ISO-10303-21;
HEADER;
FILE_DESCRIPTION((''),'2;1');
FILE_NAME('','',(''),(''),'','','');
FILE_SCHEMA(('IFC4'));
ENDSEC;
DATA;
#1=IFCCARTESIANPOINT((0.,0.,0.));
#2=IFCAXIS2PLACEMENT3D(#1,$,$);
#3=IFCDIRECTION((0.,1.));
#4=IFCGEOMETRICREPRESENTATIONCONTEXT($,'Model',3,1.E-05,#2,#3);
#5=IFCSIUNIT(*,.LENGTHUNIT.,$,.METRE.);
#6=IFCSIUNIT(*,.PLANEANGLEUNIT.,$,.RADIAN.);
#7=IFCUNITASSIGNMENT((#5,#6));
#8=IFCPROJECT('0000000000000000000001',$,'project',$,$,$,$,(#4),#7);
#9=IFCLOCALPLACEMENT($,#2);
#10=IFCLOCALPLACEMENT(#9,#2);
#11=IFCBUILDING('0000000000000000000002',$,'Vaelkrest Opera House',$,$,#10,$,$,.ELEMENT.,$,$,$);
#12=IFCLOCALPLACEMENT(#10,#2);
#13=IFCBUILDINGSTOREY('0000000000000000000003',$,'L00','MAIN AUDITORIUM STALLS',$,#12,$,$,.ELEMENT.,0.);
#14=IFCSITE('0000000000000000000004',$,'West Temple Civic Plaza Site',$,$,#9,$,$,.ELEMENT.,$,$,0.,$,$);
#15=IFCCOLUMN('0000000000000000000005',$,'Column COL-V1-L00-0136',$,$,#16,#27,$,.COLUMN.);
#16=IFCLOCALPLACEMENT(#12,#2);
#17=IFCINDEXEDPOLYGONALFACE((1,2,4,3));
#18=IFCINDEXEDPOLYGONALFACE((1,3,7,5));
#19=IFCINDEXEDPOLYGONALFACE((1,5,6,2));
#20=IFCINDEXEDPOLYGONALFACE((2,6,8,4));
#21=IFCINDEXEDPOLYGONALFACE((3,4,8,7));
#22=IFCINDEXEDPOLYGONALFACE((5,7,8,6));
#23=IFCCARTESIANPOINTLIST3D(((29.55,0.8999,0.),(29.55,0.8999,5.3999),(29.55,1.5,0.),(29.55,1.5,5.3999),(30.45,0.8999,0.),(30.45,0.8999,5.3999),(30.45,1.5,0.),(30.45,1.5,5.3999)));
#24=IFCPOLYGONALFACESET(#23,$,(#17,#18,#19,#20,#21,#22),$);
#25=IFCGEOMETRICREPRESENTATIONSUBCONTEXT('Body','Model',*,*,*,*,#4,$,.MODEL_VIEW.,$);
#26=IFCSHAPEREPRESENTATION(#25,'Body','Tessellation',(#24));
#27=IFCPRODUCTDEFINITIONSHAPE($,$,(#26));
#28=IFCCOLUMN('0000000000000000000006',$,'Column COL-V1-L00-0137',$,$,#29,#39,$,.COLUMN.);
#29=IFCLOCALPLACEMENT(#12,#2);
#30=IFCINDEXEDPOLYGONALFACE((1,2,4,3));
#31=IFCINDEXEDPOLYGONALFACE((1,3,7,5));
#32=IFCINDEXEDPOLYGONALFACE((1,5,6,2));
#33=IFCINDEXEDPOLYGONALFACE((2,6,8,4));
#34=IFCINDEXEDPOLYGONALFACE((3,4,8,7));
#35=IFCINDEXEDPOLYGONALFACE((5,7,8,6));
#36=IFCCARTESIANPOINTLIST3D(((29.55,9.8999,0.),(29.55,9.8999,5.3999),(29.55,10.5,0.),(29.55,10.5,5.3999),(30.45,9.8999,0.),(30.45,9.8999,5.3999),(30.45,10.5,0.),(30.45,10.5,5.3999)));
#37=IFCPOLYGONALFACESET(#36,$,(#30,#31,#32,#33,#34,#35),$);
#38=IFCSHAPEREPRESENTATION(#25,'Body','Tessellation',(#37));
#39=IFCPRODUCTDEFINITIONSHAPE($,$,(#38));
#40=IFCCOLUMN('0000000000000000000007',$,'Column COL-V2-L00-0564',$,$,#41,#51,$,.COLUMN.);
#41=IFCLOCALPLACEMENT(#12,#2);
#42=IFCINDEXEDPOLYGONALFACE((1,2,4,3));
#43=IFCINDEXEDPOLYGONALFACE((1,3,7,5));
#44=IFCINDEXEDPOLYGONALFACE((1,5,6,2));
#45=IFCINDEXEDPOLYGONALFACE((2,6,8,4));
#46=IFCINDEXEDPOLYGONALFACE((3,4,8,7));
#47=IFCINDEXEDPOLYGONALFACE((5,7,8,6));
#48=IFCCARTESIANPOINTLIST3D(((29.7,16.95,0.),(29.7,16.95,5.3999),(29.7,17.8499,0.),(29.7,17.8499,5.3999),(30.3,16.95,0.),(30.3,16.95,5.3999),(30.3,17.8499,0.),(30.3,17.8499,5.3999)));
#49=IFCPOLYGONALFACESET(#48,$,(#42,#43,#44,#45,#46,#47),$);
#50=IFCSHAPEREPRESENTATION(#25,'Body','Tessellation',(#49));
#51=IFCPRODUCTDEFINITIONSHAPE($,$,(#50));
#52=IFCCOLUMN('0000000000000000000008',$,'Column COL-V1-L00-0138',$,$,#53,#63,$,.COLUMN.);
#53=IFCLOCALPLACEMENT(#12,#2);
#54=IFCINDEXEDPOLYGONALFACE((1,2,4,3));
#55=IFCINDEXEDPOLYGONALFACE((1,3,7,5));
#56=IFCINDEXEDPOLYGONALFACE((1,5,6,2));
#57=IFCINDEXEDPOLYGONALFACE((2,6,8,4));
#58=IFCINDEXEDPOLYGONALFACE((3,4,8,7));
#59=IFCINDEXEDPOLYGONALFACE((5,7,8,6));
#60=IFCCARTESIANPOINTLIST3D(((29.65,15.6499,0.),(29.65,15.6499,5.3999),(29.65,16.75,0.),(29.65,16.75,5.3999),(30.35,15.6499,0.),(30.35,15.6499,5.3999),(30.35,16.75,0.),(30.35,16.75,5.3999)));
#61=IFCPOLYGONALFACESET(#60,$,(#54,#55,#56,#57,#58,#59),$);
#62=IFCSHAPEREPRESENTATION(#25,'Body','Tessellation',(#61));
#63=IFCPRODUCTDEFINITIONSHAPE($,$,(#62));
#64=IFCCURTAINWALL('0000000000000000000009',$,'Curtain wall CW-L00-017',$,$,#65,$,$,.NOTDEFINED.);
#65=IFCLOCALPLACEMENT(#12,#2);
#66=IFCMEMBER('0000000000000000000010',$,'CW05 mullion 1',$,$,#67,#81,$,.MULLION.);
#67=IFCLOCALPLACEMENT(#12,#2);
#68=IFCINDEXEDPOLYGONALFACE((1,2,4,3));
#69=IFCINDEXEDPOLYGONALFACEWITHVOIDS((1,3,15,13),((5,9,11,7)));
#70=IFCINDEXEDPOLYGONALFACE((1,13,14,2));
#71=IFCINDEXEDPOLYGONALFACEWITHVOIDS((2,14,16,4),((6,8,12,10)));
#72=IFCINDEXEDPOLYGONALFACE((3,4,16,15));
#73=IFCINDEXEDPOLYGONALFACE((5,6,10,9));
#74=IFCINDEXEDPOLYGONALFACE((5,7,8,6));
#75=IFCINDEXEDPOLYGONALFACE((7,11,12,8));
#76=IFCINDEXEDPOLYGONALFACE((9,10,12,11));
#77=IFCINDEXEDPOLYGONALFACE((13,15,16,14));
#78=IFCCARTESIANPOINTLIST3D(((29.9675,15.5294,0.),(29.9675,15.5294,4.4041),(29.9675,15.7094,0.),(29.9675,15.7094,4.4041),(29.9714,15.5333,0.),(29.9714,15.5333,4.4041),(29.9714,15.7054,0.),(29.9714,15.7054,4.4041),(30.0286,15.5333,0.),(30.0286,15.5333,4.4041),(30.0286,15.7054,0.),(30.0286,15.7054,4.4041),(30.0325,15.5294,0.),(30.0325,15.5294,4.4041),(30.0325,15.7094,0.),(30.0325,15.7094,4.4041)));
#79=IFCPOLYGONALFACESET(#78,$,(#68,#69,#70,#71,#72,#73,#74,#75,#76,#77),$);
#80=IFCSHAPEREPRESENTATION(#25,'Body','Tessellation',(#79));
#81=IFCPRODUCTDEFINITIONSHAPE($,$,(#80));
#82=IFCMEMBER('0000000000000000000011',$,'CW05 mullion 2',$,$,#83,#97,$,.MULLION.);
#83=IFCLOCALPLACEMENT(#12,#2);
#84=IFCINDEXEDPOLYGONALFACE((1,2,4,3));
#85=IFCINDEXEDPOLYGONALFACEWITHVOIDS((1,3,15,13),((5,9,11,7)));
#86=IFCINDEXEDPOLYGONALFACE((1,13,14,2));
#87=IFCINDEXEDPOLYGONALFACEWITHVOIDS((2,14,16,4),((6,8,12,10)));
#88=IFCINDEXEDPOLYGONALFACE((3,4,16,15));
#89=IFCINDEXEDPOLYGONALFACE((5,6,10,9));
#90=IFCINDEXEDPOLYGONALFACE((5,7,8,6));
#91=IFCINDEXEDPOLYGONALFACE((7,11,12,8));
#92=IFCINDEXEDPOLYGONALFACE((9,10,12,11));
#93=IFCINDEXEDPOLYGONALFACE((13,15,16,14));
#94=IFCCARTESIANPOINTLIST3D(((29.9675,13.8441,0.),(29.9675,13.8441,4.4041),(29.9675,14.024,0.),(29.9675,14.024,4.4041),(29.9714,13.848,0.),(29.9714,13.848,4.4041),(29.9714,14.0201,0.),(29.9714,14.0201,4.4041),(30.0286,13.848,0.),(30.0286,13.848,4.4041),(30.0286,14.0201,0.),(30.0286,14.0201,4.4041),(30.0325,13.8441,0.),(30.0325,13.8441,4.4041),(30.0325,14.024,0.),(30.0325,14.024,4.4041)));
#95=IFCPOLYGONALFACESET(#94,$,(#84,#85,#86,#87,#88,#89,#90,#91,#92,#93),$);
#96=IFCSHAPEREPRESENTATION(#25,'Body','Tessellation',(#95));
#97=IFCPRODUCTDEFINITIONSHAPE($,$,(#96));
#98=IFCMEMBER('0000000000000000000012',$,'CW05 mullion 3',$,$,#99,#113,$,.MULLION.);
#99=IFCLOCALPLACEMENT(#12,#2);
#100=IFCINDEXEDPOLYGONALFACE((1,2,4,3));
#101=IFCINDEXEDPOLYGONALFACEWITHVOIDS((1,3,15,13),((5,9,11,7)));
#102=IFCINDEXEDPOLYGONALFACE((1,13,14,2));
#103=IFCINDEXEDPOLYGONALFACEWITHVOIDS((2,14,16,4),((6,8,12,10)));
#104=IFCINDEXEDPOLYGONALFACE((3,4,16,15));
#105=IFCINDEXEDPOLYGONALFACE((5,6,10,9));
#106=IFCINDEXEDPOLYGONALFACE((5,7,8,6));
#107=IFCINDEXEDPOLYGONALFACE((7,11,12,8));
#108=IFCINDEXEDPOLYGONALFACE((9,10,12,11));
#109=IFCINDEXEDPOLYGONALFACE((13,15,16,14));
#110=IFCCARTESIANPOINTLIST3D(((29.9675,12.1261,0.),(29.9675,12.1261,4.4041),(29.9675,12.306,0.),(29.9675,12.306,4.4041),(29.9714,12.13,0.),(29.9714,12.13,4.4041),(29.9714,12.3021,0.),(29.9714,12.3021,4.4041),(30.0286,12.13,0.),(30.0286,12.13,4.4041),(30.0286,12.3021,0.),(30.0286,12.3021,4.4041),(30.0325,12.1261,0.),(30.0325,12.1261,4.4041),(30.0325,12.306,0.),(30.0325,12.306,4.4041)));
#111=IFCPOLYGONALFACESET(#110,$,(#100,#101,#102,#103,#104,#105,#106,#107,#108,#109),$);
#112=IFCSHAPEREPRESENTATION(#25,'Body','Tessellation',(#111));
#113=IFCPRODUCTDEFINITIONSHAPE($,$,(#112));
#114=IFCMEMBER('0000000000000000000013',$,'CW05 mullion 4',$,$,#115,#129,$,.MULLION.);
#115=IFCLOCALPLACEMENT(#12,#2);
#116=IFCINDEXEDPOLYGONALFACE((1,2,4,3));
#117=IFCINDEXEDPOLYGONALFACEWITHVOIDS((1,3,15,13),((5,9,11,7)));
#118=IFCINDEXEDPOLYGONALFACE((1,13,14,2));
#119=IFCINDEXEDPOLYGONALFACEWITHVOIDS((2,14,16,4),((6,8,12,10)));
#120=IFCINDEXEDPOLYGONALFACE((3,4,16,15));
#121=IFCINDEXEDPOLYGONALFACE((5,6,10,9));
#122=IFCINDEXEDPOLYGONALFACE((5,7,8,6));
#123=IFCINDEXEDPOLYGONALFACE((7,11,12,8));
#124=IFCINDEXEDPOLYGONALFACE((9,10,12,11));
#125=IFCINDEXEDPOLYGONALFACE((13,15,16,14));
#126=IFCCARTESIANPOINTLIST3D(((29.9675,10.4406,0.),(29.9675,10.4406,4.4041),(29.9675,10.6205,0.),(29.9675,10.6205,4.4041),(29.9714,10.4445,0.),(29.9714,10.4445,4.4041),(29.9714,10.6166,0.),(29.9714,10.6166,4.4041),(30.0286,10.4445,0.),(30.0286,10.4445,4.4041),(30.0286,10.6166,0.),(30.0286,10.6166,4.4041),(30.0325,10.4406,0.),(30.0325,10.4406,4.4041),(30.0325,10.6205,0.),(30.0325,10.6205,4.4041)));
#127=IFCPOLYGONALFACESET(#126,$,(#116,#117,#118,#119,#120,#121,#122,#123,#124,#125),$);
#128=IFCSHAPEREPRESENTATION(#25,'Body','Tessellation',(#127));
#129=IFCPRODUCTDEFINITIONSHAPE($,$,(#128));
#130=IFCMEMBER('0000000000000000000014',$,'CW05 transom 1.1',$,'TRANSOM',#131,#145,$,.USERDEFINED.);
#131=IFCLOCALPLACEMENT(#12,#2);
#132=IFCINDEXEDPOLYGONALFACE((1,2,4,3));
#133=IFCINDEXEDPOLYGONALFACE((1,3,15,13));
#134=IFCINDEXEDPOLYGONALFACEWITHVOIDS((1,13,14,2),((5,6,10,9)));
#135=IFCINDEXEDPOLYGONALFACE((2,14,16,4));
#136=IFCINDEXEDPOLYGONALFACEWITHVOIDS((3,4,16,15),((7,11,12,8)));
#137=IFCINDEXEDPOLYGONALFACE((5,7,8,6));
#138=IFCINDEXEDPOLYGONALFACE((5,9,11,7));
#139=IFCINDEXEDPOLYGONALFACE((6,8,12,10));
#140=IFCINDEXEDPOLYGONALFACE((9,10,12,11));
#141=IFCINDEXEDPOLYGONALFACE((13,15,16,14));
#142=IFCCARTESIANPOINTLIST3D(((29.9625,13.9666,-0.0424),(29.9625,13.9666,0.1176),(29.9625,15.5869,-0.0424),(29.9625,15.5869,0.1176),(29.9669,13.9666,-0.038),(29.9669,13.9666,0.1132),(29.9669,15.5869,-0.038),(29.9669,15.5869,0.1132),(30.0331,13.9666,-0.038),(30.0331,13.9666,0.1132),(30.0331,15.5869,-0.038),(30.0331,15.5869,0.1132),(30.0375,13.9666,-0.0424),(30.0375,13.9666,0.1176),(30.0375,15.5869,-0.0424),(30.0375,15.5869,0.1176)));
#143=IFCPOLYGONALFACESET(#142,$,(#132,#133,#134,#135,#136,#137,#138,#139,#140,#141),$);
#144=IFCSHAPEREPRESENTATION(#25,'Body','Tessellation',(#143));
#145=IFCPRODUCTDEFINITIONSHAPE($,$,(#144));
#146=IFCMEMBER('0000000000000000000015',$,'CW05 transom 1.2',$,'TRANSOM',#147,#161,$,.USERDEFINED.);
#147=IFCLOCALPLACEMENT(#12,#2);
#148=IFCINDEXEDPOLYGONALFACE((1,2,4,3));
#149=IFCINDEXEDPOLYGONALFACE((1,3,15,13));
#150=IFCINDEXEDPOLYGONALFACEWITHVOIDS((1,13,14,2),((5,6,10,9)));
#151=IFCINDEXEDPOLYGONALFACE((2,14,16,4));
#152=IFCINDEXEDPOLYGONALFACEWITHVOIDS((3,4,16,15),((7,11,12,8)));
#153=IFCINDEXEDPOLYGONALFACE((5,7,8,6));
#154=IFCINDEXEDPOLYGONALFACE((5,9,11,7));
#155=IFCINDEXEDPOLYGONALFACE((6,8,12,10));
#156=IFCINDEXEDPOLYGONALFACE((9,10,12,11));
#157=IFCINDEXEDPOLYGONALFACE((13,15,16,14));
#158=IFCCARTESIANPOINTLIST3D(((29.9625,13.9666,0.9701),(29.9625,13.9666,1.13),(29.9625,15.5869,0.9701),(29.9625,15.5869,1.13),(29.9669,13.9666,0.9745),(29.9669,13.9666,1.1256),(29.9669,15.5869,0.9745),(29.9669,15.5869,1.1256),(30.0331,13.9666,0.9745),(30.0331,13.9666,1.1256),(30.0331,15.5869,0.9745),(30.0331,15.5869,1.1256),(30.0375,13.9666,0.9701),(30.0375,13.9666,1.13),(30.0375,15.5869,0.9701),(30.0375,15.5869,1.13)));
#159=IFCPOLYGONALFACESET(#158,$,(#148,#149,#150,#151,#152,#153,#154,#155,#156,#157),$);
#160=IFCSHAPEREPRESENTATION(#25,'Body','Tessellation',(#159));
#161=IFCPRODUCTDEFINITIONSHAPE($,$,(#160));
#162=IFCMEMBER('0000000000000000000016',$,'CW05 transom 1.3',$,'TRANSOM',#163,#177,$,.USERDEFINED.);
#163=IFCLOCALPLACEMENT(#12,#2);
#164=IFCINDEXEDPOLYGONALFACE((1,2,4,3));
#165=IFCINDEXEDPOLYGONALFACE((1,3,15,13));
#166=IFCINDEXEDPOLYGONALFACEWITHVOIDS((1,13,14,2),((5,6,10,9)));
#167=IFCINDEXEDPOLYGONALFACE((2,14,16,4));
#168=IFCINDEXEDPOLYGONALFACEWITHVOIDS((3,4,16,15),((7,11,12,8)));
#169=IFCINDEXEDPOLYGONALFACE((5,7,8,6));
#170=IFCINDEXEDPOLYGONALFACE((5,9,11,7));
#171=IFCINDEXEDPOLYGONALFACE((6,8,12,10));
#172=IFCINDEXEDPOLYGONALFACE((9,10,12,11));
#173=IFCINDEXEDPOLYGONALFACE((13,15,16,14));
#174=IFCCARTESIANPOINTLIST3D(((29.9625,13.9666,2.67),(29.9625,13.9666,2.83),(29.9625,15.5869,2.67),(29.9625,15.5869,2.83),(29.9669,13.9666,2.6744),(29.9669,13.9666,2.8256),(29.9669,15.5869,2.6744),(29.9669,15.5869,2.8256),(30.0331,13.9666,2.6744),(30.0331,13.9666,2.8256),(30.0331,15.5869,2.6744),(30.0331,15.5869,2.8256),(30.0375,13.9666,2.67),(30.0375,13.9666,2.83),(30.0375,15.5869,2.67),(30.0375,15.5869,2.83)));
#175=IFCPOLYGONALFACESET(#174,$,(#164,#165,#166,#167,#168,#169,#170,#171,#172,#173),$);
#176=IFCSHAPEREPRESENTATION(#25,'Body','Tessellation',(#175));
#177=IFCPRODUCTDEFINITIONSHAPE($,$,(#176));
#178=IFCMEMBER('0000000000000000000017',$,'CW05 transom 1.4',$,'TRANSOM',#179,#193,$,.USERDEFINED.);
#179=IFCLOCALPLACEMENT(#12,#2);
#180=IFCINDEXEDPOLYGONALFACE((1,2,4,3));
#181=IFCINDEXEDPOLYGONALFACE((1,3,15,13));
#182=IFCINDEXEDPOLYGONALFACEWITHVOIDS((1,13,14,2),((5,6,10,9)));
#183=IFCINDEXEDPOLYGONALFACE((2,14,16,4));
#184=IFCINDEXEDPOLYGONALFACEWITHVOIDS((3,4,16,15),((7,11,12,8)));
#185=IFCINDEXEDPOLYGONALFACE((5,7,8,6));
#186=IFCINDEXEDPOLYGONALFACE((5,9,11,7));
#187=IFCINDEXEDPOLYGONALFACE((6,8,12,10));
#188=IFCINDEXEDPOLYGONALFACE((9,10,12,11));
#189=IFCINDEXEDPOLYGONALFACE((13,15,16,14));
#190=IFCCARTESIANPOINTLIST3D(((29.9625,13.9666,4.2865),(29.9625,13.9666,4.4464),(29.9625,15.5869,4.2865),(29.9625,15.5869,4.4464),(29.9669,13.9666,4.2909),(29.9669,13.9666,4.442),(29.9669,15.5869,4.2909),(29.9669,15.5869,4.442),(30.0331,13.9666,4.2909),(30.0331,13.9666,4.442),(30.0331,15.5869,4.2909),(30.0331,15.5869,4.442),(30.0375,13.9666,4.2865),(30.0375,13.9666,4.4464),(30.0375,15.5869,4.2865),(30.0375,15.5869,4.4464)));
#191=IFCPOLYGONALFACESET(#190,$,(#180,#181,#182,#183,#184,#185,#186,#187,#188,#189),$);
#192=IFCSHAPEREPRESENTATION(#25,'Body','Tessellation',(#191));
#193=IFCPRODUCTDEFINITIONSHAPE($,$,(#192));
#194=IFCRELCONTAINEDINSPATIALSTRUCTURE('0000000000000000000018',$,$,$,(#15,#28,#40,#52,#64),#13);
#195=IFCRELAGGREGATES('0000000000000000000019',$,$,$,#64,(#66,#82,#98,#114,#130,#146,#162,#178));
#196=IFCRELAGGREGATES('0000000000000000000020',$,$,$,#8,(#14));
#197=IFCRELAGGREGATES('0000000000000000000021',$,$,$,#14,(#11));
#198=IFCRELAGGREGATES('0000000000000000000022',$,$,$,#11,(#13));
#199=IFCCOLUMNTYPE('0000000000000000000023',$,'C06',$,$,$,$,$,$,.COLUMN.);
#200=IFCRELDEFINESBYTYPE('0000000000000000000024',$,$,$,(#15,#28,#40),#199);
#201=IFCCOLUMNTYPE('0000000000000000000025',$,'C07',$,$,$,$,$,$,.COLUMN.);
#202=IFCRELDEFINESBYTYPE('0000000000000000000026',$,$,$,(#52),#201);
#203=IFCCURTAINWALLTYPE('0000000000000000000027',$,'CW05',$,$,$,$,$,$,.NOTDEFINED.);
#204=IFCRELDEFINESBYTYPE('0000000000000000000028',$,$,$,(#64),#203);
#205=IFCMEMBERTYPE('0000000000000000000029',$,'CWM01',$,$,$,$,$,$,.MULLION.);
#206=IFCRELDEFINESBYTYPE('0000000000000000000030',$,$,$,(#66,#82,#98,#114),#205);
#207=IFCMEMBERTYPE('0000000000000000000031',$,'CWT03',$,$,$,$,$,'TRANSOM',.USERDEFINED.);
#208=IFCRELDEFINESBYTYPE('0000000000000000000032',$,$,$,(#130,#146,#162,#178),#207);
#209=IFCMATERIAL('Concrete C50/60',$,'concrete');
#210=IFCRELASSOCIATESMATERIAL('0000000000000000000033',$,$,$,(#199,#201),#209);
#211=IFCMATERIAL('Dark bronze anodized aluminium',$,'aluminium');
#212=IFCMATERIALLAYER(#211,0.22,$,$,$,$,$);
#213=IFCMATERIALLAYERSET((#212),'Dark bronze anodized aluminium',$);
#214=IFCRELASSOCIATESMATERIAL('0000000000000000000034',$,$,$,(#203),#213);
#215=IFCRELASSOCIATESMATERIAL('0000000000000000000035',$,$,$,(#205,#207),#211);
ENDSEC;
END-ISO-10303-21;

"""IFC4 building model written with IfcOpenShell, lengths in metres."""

from ifc_helpers import new_model, si_unit, direction, frame, origin, origin_2d, place, context, subcontext, project, spatial, rectangle, hollow_rectangle, extrude, material, layer, layer_set, material_profile, profile_set, type_object, element, aggregate, save


model = new_model("IFC4")

# Units and contexts
model_context = context("Model", 3, precision=1e-05, world=origin(), true_north=direction((0.0, 1.0)))
body_context = subcontext(model_context, "Body", "Model", "MODEL_VIEW")
ifc_project = project(units=[si_unit("LENGTHUNIT", "METRE"), si_unit("PLANEANGLEUNIT", "RADIAN")], contexts=[model_context])

# Site, building, storey
site_placement = place(None, origin())
site = spatial("IfcSite", under=ifc_project, at=site_placement, Name="West Temple Civic Plaza Site", CompositionType="ELEMENT", RefElevation=0.0)
building_placement = place(site_placement, origin())
building = spatial("IfcBuilding", under=site, at=building_placement, Name="Vaelkrest Opera House", CompositionType="ELEMENT")
storey_placement = place(building_placement, origin())
storey = spatial("IfcBuildingStorey", under=building, at=storey_placement, Name="L00", Description="MAIN AUDITORIUM STALLS", CompositionType="ELEMENT", Elevation=0.0)

# Columns
ifc_material_1 = material(Name="Concrete C50/60", Category="concrete")
ifc_material_profile_1 = material_profile(ifc_material_1, rectangle(XDim=0.6001, YDim=0.8999, at=origin_2d()), Name="RC600X900")
ifc_profile_set_1 = profile_set([ifc_material_profile_1], Name="Concrete C50/60")
column_type_1 = type_object("IfcColumnType", Name="C06", PredefinedType="COLUMN", material=ifc_profile_set_1)
for number, where, z_axis, x_axis, name in (
    (1, (30.0, 1.2, 0.0), (0.0, 0.0, 1.0), (0.0, 1.0, 0.0), "Column COL-V1-L00-0136"),
    (2, (30.0, 10.2, 0.0), (0.0, 0.0, 1.0), (0.0, 1.0, 0.0), "Column COL-V1-L00-0137"),
    (3, (30.0, 17.3999, 0.0), (0.0, 0.0, 1.0), (1.0, 0.0, 0.0), "Column COL-V2-L00-0564"),
):
    element("IfcColumn", number, at=place(storey_placement, frame(where, z_axis=z_axis, x_axis=x_axis)), inside=storey, type_object=column_type_1, Name=name, PredefinedType="COLUMN", context=body_context, shape_type="SweptSolid", body=[
        extrude(rectangle(XDim=0.6001, YDim=0.8999, at=origin_2d()), origin(), (0.0, 0.0, 1.0), 5.3999),
    ])
ifc_material_profile_2 = material_profile(ifc_material_1, rectangle(XDim=0.7, YDim=1.1001, at=origin_2d()), Name="RC700X1100")
ifc_profile_set_2 = profile_set([ifc_material_profile_2], Name="Concrete C50/60")
column_type_2 = type_object("IfcColumnType", Name="C07", PredefinedType="COLUMN", material=ifc_profile_set_2)
column_placement = place(storey_placement, frame((30.0, 16.2, 0.0), z_axis=(0.0, 0.0, 1.0), x_axis=(1.0, 0.0, 0.0)))
element("IfcColumn", 4, at=column_placement, inside=storey, type_object=column_type_2, Name="Column COL-V1-L00-0138", PredefinedType="COLUMN", context=body_context, shape_type="SweptSolid", body=[
    extrude(rectangle(XDim=0.7, YDim=1.1001, at=origin_2d()), origin(), (0.0, 0.0, 1.0), 5.3999),
])

# Curtain wall, members
ifc_material_2 = material(Name="Dark bronze anodized aluminium", Category="aluminium")
ifc_layer_1 = layer(ifc_material_2, 0.22)
ifc_layer_set_1 = layer_set([ifc_layer_1], Name="Dark bronze anodized aluminium")
curtain_wall_type = type_object("IfcCurtainWallType", Name="CW05", PredefinedType="NOTDEFINED", material=ifc_layer_set_1)
curtain_wall_placement = place(storey_placement, origin())
curtain_wall = element("IfcCurtainWall", 5, at=curtain_wall_placement, inside=storey, type_object=curtain_wall_type, Name="Curtain wall CW-L00-017", PredefinedType="NOTDEFINED")
ifc_material_profile_3 = material_profile(ifc_material_2, hollow_rectangle(XDim=0.0649, YDim=0.1799, WallThickness=0.0039, at=origin_2d()), Name="CWM65X180")
ifc_profile_set_3 = profile_set([ifc_material_profile_3], Name="Dark bronze anodized aluminium")
member_type_1 = type_object("IfcMemberType", Name="CWM01", PredefinedType="MULLION", material=ifc_profile_set_3)
member_1_placement = place(storey_placement, frame((30.0, 15.6194, 0.0), z_axis=(0.0, 0.0, 1.0), x_axis=(1.0, 0.0, 0.0)))
member_1 = element("IfcMember", 6, at=member_1_placement, type_object=member_type_1, Name="CW05 mullion 1", PredefinedType="MULLION", context=body_context, shape_type="SweptSolid", body=[
    extrude(hollow_rectangle(XDim=0.0649, YDim=0.1799, WallThickness=0.0039, at=origin_2d()), origin(), (0.0, 0.0, 1.0), 4.4041),
])
member_2_placement = place(storey_placement, frame((30.0, 13.9341, 0.0), z_axis=(0.0, 0.0, 1.0), x_axis=(1.0, 0.0, 0.0)))
member_2 = element("IfcMember", 7, at=member_2_placement, type_object=member_type_1, Name="CW05 mullion 2", PredefinedType="MULLION", context=body_context, shape_type="SweptSolid", body=[
    extrude(hollow_rectangle(XDim=0.0649, YDim=0.1799, WallThickness=0.0039, at=origin_2d()), origin(), (0.0, 0.0, 1.0), 4.4041),
])
member_3_placement = place(storey_placement, frame((30.0, 12.2161, 0.0), z_axis=(0.0, 0.0, 1.0), x_axis=(1.0, 0.0, 0.0)))
member_3 = element("IfcMember", 8, at=member_3_placement, type_object=member_type_1, Name="CW05 mullion 3", PredefinedType="MULLION", context=body_context, shape_type="SweptSolid", body=[
    extrude(hollow_rectangle(XDim=0.0649, YDim=0.1799, WallThickness=0.0039, at=origin_2d()), origin(), (0.0, 0.0, 1.0), 4.4041),
])
member_4_placement = place(storey_placement, frame((30.0, 10.5305, 0.0), z_axis=(0.0, 0.0, 1.0), x_axis=(1.0, 0.0, 0.0)))
member_4 = element("IfcMember", 9, at=member_4_placement, type_object=member_type_1, Name="CW05 mullion 4", PredefinedType="MULLION", context=body_context, shape_type="SweptSolid", body=[
    extrude(hollow_rectangle(XDim=0.0649, YDim=0.1799, WallThickness=0.0039, at=origin_2d()), origin(), (0.0, 0.0, 1.0), 4.4041),
])
ifc_material_profile_4 = material_profile(ifc_material_2, hollow_rectangle(XDim=0.075, YDim=0.1599, WallThickness=0.0044, at=origin_2d()), Name="CWT75X160")
ifc_profile_set_4 = profile_set([ifc_material_profile_4], Name="Dark bronze anodized aluminium")
member_type_2 = type_object("IfcMemberType", Name="CWT03", ElementType="TRANSOM", PredefinedType="USERDEFINED", material=ifc_profile_set_4)
member_5_placement = place(storey_placement, frame((30.0, 15.5869, 0.0376), z_axis=(0.0, -1.0, 0.0), x_axis=(1.0, 0.0, 0.0)))
member_5 = element("IfcMember", 10, at=member_5_placement, type_object=member_type_2, Name="CW05 transom 1.1", ObjectType="TRANSOM", PredefinedType="USERDEFINED", context=body_context, shape_type="SweptSolid", body=[
    extrude(hollow_rectangle(XDim=0.075, YDim=0.1599, WallThickness=0.0044, at=origin_2d()), origin(), (0.0, 0.0, 1.0), 1.6204),
])
member_6_placement = place(storey_placement, frame((30.0, 15.5869, 1.05), z_axis=(0.0, -1.0, 0.0), x_axis=(1.0, 0.0, 0.0)))
member_6 = element("IfcMember", 11, at=member_6_placement, type_object=member_type_2, Name="CW05 transom 1.2", ObjectType="TRANSOM", PredefinedType="USERDEFINED", context=body_context, shape_type="SweptSolid", body=[
    extrude(hollow_rectangle(XDim=0.075, YDim=0.1599, WallThickness=0.0044, at=origin_2d()), origin(), (0.0, 0.0, 1.0), 1.6204),
])
member_7_placement = place(storey_placement, frame((30.0, 15.5869, 2.75), z_axis=(0.0, -1.0, 0.0), x_axis=(1.0, 0.0, 0.0)))
member_7 = element("IfcMember", 12, at=member_7_placement, type_object=member_type_2, Name="CW05 transom 1.3", ObjectType="TRANSOM", PredefinedType="USERDEFINED", context=body_context, shape_type="SweptSolid", body=[
    extrude(hollow_rectangle(XDim=0.075, YDim=0.1599, WallThickness=0.0044, at=origin_2d()), origin(), (0.0, 0.0, 1.0), 1.6204),
])
member_8_placement = place(storey_placement, frame((30.0, 15.5869, 4.3665), z_axis=(0.0, -1.0, 0.0), x_axis=(1.0, 0.0, 0.0)))
member_8 = element("IfcMember", 13, at=member_8_placement, type_object=member_type_2, Name="CW05 transom 1.4", ObjectType="TRANSOM", PredefinedType="USERDEFINED", context=body_context, shape_type="SweptSolid", body=[
    extrude(hollow_rectangle(XDim=0.075, YDim=0.1599, WallThickness=0.0044, at=origin_2d()), origin(), (0.0, 0.0, 1.0), 1.6204),
])

aggregate(curtain_wall, [member_1, member_2, member_3, member_4, member_5, member_6, member_7, member_8])

save(model, "model.ifc")
